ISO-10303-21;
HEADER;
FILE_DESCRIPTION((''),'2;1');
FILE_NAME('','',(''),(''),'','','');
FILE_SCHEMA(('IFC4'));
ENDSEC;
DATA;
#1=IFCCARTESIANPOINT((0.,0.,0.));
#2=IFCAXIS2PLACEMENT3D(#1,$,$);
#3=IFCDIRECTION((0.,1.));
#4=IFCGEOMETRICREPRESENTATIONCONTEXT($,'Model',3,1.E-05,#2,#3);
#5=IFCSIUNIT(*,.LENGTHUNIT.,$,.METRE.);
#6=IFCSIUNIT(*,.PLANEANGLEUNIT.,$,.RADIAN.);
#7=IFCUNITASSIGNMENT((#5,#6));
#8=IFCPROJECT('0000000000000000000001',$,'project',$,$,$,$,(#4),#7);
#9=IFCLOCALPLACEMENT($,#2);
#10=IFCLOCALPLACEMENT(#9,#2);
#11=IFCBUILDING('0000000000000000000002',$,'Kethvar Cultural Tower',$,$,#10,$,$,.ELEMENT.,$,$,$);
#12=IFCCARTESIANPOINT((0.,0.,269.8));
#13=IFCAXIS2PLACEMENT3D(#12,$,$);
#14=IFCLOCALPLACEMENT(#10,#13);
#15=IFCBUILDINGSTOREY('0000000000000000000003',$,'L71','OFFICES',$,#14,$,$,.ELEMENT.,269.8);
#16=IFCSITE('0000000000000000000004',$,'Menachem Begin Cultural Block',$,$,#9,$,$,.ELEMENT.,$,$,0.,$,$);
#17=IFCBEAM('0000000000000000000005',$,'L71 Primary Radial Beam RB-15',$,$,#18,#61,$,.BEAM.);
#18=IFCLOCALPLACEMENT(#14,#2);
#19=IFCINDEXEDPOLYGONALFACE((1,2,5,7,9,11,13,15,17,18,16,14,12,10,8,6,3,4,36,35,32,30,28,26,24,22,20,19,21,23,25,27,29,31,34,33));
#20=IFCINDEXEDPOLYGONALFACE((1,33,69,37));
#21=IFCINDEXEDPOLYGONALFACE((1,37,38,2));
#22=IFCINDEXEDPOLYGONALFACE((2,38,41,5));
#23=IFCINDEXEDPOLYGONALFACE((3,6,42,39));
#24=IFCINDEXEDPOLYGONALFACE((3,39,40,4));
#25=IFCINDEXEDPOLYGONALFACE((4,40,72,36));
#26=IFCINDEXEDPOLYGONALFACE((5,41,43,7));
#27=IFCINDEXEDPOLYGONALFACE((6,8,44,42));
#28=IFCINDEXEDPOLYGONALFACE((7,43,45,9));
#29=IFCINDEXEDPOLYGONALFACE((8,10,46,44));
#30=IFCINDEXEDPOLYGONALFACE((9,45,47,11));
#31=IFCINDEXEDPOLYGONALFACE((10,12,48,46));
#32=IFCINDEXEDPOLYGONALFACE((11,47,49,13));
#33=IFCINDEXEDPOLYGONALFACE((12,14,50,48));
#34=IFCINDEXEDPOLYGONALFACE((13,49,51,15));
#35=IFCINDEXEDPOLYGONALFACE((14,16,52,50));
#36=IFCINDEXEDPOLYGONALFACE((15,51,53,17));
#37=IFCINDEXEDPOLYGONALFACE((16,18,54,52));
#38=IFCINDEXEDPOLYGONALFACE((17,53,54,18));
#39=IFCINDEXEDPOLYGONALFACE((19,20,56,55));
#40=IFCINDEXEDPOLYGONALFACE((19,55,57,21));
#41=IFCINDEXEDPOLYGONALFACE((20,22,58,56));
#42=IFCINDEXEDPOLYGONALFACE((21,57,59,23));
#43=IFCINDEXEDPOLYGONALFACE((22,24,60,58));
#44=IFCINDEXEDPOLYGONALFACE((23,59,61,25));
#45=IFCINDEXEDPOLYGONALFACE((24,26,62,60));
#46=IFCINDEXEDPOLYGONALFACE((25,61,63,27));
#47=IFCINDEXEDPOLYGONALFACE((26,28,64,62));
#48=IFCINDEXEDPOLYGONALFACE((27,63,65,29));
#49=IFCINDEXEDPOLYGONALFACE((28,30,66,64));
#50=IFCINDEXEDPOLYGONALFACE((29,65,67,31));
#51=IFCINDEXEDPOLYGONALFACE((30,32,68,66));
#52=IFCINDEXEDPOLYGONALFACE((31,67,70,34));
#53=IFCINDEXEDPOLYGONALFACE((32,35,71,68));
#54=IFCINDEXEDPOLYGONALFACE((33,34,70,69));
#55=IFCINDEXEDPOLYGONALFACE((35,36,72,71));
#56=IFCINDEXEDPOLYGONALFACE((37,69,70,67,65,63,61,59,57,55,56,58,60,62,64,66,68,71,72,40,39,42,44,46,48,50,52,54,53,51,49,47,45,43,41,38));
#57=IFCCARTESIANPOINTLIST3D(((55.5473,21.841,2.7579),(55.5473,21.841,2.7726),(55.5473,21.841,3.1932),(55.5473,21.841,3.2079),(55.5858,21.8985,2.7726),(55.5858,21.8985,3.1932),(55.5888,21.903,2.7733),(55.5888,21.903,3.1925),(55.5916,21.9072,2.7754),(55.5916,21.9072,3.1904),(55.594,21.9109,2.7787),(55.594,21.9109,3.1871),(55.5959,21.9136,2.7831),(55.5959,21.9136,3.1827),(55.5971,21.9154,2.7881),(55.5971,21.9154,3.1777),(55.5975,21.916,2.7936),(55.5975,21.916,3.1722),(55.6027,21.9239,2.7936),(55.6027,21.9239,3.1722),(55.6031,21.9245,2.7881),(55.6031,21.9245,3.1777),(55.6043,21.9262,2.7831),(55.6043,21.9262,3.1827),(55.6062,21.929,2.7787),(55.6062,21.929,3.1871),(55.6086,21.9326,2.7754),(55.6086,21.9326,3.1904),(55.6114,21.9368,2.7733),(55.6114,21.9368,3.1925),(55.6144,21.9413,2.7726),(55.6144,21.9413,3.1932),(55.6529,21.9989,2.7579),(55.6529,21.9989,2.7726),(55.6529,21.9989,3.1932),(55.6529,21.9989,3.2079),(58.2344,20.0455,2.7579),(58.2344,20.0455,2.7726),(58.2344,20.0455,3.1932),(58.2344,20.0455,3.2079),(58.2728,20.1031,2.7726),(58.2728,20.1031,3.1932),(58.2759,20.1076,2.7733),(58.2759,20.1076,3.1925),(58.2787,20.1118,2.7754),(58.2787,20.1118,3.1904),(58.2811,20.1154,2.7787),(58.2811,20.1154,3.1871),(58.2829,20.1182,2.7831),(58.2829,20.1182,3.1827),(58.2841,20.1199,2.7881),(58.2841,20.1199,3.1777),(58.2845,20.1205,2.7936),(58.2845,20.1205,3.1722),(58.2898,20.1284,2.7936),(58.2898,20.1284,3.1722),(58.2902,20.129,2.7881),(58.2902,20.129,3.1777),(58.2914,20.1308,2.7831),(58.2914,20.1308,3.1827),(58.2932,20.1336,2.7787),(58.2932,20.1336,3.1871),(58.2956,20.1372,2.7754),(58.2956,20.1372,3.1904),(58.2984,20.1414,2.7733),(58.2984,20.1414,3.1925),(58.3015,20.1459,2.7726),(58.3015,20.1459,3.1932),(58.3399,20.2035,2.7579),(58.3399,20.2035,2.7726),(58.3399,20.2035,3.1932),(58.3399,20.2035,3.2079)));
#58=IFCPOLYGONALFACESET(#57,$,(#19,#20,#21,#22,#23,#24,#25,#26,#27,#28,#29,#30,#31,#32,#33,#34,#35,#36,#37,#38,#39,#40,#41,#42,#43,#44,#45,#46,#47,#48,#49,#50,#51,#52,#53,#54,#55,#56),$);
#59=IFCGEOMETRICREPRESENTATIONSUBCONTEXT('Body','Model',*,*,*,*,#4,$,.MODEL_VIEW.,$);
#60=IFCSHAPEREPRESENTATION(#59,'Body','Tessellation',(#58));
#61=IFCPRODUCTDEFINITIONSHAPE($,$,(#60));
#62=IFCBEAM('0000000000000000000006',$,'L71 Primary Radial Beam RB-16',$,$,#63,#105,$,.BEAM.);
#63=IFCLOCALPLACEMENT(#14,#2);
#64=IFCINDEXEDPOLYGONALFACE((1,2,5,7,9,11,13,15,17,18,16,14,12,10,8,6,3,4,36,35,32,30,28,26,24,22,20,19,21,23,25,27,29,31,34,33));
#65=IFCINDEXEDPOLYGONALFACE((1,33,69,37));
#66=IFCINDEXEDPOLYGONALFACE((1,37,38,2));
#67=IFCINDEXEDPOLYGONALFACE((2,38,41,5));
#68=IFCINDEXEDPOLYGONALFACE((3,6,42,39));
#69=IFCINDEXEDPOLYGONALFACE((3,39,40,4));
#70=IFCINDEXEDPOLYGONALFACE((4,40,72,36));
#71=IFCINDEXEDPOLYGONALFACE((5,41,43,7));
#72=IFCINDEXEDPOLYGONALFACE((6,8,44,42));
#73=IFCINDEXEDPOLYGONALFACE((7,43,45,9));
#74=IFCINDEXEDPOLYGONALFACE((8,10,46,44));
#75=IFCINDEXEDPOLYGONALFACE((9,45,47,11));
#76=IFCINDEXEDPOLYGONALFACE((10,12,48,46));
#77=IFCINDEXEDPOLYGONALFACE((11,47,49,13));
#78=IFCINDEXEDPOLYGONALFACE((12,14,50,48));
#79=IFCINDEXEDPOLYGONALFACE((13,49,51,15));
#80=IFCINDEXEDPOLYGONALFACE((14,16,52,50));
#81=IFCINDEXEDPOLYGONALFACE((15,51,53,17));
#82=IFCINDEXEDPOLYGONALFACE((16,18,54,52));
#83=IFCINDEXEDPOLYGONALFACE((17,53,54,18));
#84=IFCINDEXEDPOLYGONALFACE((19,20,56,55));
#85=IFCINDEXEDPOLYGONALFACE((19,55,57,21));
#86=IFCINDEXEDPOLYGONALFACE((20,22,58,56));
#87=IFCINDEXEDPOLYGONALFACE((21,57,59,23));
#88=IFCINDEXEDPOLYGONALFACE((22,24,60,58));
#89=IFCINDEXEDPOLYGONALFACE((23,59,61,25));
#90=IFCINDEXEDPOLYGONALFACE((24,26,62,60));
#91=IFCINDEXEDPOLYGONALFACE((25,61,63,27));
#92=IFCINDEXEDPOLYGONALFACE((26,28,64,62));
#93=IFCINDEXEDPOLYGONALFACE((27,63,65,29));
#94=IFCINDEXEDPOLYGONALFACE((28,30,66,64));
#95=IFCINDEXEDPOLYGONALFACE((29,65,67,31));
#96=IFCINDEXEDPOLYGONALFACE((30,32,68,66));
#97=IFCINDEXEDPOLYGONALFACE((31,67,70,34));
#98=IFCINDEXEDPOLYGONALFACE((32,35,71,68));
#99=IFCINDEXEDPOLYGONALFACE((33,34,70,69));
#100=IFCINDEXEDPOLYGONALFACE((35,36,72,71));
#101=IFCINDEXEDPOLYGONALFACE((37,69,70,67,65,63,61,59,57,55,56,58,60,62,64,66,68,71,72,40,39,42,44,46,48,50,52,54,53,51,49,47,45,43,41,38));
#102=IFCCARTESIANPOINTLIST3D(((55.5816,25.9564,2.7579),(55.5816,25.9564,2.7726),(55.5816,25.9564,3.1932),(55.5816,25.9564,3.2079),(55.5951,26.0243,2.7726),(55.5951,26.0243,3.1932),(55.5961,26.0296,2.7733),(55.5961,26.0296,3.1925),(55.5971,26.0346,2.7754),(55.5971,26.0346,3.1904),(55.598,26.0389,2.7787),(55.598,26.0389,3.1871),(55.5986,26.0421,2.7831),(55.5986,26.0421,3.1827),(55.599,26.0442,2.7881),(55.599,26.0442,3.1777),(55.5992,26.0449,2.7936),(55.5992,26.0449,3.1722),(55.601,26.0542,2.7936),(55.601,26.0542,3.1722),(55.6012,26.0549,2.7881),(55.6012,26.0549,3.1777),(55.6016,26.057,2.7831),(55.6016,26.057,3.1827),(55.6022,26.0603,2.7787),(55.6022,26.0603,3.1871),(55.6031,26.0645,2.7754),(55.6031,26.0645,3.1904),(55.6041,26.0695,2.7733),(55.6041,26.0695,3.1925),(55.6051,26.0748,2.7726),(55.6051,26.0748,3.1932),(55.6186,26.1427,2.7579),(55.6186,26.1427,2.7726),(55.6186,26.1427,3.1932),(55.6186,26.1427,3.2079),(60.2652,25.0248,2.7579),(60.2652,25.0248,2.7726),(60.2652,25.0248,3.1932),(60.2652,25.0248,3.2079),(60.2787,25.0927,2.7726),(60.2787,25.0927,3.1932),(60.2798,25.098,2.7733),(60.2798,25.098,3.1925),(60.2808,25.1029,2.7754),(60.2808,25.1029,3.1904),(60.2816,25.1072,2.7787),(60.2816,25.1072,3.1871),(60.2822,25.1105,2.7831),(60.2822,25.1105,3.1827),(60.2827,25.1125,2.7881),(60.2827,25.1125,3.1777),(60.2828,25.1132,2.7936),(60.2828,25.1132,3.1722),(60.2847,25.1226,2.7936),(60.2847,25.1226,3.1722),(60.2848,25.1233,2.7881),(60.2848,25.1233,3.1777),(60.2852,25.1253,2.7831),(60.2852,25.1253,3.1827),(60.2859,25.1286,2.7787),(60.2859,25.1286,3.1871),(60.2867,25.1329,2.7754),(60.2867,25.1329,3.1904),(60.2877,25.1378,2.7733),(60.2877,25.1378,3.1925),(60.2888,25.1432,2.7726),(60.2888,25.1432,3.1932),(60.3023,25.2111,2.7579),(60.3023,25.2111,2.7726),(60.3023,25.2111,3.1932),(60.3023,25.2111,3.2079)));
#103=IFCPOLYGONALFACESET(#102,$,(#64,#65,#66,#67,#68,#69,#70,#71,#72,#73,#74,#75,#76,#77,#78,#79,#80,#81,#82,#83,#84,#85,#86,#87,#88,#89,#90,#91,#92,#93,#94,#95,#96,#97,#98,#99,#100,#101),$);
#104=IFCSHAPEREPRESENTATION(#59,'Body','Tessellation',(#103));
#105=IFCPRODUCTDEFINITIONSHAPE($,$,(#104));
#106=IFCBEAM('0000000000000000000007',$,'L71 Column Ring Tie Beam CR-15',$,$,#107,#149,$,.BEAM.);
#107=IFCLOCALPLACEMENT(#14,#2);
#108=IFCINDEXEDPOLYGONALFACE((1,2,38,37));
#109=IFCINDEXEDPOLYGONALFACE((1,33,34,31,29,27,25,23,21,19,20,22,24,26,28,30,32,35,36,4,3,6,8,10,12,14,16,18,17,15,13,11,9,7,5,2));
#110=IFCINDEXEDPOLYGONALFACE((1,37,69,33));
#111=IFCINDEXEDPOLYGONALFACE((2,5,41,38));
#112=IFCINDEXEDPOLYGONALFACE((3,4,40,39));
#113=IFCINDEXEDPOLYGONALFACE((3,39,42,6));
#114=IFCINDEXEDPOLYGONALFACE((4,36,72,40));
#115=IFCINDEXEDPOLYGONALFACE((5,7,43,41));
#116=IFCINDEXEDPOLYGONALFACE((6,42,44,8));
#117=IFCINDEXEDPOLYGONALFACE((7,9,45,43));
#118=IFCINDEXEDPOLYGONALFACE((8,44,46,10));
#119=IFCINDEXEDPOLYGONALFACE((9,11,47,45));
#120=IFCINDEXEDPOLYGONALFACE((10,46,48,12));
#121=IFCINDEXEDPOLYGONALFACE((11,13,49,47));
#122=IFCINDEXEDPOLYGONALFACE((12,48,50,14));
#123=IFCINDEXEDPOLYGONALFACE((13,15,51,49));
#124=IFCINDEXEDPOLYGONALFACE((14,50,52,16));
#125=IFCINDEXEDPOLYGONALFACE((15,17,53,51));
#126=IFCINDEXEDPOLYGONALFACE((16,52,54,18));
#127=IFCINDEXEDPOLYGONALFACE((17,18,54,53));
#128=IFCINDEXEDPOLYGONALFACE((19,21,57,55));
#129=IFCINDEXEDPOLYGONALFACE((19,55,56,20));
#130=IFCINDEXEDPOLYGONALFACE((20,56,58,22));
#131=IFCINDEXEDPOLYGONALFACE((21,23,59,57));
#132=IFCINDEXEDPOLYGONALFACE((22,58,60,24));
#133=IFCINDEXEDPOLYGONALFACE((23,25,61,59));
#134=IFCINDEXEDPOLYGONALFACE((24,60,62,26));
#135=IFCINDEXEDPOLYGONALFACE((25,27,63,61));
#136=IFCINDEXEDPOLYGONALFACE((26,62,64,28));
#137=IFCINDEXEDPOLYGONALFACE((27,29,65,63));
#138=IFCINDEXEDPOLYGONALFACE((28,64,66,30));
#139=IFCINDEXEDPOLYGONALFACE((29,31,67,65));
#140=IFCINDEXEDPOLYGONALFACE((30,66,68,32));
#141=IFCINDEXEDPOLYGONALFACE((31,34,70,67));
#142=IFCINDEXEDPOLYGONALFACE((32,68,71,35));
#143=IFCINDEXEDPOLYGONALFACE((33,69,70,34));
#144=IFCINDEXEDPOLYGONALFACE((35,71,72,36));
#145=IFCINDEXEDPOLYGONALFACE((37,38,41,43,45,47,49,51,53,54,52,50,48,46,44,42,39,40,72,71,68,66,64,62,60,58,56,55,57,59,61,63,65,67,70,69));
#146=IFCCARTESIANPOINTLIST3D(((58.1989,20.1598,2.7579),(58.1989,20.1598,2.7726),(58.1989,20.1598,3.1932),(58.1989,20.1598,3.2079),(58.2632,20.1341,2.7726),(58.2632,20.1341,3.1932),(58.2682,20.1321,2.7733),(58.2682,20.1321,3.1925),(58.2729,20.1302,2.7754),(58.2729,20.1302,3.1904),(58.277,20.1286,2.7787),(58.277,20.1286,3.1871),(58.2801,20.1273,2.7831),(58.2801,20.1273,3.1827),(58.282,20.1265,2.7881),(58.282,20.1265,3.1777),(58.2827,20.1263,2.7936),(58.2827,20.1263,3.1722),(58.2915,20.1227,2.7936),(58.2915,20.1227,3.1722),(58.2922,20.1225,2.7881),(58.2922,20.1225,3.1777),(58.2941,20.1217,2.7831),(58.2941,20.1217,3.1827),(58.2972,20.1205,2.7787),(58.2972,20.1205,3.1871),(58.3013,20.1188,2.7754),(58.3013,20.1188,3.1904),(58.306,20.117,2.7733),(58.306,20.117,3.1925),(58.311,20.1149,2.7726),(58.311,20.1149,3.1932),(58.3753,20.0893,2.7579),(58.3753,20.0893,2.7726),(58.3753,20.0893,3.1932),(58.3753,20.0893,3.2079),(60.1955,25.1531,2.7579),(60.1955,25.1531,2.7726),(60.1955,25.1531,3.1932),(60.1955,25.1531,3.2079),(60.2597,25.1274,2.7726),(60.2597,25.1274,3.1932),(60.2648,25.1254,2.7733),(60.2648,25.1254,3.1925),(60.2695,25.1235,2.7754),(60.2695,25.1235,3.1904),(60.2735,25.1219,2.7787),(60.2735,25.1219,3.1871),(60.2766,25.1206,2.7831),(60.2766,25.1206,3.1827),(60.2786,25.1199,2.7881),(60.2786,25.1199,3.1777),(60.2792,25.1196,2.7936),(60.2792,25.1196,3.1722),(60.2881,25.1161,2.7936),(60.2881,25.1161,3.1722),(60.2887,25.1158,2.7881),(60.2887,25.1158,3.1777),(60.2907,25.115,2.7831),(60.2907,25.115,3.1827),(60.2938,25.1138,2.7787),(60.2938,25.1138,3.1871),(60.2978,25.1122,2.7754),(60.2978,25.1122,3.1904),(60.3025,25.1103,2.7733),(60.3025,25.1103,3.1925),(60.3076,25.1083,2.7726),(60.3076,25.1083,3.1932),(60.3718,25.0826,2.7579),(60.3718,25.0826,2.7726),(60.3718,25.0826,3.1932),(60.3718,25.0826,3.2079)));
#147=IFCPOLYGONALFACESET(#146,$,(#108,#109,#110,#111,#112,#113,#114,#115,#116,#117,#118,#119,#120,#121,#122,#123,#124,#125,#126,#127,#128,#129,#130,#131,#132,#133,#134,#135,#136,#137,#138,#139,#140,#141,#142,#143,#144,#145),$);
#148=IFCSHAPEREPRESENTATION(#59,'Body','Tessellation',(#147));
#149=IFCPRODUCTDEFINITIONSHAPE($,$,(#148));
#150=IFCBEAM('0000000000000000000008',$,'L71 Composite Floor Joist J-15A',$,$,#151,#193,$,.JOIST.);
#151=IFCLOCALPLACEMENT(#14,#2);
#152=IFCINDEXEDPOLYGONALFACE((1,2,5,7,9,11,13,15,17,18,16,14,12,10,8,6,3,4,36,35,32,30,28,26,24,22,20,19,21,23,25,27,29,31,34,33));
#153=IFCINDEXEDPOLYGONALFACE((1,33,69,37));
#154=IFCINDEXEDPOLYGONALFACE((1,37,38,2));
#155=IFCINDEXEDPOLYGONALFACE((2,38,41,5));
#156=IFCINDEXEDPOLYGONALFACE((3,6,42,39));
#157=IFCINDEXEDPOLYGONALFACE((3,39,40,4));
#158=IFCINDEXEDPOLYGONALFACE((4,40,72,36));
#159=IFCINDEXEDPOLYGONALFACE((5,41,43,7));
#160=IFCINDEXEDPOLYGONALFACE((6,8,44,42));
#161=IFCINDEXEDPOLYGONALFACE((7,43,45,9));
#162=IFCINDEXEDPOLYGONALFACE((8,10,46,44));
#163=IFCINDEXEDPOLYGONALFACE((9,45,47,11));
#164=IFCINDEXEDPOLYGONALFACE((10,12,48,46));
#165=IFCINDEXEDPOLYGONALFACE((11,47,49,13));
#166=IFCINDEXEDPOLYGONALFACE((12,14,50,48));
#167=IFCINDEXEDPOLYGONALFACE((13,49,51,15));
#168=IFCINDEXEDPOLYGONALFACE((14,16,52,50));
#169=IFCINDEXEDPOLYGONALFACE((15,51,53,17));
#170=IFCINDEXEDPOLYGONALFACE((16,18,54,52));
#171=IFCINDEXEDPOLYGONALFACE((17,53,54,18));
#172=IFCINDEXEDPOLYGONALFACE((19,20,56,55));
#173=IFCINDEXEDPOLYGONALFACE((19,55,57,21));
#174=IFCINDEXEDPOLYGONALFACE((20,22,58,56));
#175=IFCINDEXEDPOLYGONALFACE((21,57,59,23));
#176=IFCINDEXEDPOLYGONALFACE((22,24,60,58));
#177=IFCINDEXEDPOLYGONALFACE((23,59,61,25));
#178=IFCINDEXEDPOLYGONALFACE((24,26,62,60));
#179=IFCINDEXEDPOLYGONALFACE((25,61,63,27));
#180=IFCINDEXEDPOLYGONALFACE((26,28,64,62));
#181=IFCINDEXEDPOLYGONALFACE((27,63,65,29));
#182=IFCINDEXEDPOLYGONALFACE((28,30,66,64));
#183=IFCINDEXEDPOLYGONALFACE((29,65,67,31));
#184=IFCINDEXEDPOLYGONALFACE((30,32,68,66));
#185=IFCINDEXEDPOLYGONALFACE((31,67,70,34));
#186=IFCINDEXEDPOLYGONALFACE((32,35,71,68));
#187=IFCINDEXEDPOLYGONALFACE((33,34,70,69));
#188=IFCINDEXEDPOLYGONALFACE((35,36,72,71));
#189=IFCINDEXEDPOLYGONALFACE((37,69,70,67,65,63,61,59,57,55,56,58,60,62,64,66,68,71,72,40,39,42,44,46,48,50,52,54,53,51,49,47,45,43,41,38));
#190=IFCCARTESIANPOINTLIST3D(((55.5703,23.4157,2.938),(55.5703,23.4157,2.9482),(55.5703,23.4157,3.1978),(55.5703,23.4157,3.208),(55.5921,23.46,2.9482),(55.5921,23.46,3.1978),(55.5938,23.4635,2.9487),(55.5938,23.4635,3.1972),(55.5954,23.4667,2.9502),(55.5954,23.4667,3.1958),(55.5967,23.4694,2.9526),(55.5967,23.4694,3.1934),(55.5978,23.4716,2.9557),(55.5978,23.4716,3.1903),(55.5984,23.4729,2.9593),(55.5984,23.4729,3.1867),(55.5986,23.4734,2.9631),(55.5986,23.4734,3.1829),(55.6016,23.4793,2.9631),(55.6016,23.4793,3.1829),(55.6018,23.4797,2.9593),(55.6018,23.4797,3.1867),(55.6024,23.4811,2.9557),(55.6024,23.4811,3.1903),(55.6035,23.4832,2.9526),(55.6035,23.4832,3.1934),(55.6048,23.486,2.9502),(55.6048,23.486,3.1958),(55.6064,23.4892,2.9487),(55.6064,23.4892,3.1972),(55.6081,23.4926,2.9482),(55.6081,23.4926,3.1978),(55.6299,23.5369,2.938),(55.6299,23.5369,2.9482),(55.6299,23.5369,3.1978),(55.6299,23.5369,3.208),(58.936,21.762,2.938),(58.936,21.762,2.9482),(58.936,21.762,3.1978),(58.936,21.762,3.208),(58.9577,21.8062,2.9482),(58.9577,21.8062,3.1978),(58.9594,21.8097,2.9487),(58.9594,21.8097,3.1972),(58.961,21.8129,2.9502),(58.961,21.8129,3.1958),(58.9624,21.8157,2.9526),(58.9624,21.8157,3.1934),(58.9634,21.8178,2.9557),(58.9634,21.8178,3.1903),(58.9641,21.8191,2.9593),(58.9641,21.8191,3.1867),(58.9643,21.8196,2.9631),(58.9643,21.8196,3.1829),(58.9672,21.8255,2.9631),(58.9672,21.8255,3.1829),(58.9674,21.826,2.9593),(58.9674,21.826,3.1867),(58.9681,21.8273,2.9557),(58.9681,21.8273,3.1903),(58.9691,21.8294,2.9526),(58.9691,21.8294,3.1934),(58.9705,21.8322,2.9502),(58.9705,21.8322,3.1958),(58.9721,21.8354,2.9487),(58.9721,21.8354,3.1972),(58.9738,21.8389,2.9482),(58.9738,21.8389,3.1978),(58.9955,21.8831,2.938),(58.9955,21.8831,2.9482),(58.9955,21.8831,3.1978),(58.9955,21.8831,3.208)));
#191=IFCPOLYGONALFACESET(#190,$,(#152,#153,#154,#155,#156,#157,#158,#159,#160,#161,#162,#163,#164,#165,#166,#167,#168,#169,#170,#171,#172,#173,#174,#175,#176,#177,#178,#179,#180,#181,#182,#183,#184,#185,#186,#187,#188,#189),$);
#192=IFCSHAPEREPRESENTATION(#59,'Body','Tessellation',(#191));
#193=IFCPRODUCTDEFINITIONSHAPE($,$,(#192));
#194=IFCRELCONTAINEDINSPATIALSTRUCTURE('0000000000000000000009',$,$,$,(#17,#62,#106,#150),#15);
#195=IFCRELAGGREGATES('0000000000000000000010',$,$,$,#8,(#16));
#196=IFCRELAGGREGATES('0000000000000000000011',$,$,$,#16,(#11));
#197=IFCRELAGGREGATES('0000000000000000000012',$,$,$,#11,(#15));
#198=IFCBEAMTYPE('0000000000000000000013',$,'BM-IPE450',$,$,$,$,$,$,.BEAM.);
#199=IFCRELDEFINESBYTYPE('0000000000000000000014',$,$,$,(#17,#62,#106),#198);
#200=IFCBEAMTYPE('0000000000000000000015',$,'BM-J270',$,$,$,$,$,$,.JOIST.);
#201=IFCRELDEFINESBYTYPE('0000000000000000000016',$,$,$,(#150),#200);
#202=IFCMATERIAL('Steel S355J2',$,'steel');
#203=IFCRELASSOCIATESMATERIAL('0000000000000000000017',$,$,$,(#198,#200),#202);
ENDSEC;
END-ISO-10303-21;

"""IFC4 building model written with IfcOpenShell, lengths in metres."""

from ifc_helpers import new_model, si_unit, direction, frame, origin, origin_2d, place, context, subcontext, project, spatial, i_section, extrude, source, transform, mapped, material, material_profile, profile_set, type_object, element, save


model = new_model("IFC4")

# Units and contexts
model_context = context("Model", 3, precision=1e-05, world=origin(), true_north=direction((0.0, 1.0)))
body_context = subcontext(model_context, "Body", "Model", "MODEL_VIEW")
ifc_project = project(units=[si_unit("LENGTHUNIT", "METRE"), si_unit("PLANEANGLEUNIT", "RADIAN")], contexts=[model_context])

# Site, building, storey
site_placement = place(None, origin())
site = spatial("IfcSite", under=ifc_project, at=site_placement, Name="Menachem Begin Cultural Block", CompositionType="ELEMENT", RefElevation=0.0)
building_placement = place(site_placement, origin())
building = spatial("IfcBuilding", under=site, at=building_placement, Name="Kethvar Cultural Tower", CompositionType="ELEMENT")
storey_placement = place(building_placement, frame((0.0, 0.0, 269.8)))
storey = spatial("IfcBuildingStorey", under=building, at=storey_placement, Name="L71", Description="OFFICES", CompositionType="ELEMENT", Elevation=269.8)

# Shared definitions
ifc_material_1 = material(Name="Steel S355J2", Category="steel")

# Beams
ifc_material_profile_1 = material_profile(ifc_material_1, i_section(OverallWidth=0.1899, OverallDepth=0.45, WebThickness=0.0095, FlangeThickness=0.0146, FilletRadius=0.021, at=origin_2d()), Name="Steel S355J2 — IPE450")
ifc_profile_set_1 = profile_set([ifc_material_profile_1], Name="Steel S355J2 — IPE450")
beam_type_1 = type_object("IfcBeamType", Name="BM-IPE450", PredefinedType="BEAM", material=ifc_profile_set_1)
shared_shape_1 = source(origin(), body_context, "Body", "SweptSolid", [
    extrude(i_section(OverallWidth=0.1899, OverallDepth=0.45, WebThickness=0.0095, FlangeThickness=0.0146, FilletRadius=0.021, at=origin_2d()), origin(), (0.0, 0.0, 1.0), 3.2317),
])
beam_1_placement = place(storey_placement, frame((55.6001, 21.9199, 2.9829), z_axis=(0.831469, -0.555572, 0.0), x_axis=(0.555572, 0.831469, 0.0)))
element("IfcBeam", 1, at=beam_1_placement, inside=storey, type_object=beam_type_1, Name="L71 Primary Radial Beam RB-15", PredefinedType="BEAM", context=body_context, shape_type="MappedRepresentation", body=[
    mapped(shared_shape_1, transform((0.0, 0.0, 0.0), scale=1.0)),
])
shared_shape_2 = source(origin(), body_context, "Body", "SweptSolid", [
    extrude(i_section(OverallWidth=0.1899, OverallDepth=0.45, WebThickness=0.0095, FlangeThickness=0.0146, FilletRadius=0.021, at=origin_2d()), origin(), (0.0, 0.0, 1.0), 4.7754),
])
beam_2_placement = place(storey_placement, frame((55.6001, 26.0496, 2.9829), z_axis=(0.980785, -0.195094, 0.0), x_axis=(0.195094, 0.980785, 0.0)))
element("IfcBeam", 2, at=beam_2_placement, inside=storey, type_object=beam_type_1, Name="L71 Primary Radial Beam RB-16", PredefinedType="BEAM", context=body_context, shape_type="MappedRepresentation", body=[
    mapped(shared_shape_2, transform((0.0, 0.0, 0.0), scale=1.0)),
])
shared_shape_3 = source(origin(), body_context, "Body", "SweptSolid", [
    extrude(i_section(OverallWidth=0.1899, OverallDepth=0.45, WebThickness=0.0095, FlangeThickness=0.0146, FilletRadius=0.021, at=origin_2d()), origin(), (0.0, 0.0, 1.0), 5.3777),
])
beam_3_placement = place(storey_placement, frame((58.2871, 20.1245, 2.9829), z_axis=(0.371265, 0.928527, 0.0), x_axis=(-0.928527, 0.371265, 0.0)))
element("IfcBeam", 3, at=beam_3_placement, inside=storey, type_object=beam_type_1, Name="L71 Column Ring Tie Beam CR-15", PredefinedType="BEAM", context=body_context, shape_type="MappedRepresentation", body=[
    mapped(shared_shape_3, transform((0.0, 0.0, 0.0), scale=1.0)),
])
ifc_material_profile_2 = material_profile(ifc_material_1, i_section(OverallWidth=0.135, OverallDepth=0.27, WebThickness=0.0066, FlangeThickness=0.0103, FilletRadius=0.0149, at=origin_2d()), Name="Steel S355J2 — IPE270")
ifc_profile_set_2 = profile_set([ifc_material_profile_2], Name="Steel S355J2 — IPE270")
beam_type_2 = type_object("IfcBeamType", Name="BM-J270", PredefinedType="JOIST", material=ifc_profile_set_2)
shared_shape_4 = source(origin(), body_context, "Body", "SweptSolid", [
    extrude(i_section(OverallWidth=0.135, OverallDepth=0.27, WebThickness=0.0066, FlangeThickness=0.0103, FilletRadius=0.0149, at=origin_2d()), origin(), (0.0, 0.0, 1.0), 3.75),
])
beam_4_placement = place(storey_placement, frame((55.6001, 23.4763, 3.073), z_axis=(0.897505, -0.441005, 0.0), x_axis=(0.441005, 0.897505, 0.0)))
element("IfcBeam", 4, at=beam_4_placement, inside=storey, type_object=beam_type_2, Name="L71 Composite Floor Joist J-15A", PredefinedType="JOIST", context=body_context, shape_type="MappedRepresentation", body=[
    mapped(shared_shape_4, transform((0.0, 0.0, 0.0), scale=1.0)),
])

save(model, "model.ifc")
